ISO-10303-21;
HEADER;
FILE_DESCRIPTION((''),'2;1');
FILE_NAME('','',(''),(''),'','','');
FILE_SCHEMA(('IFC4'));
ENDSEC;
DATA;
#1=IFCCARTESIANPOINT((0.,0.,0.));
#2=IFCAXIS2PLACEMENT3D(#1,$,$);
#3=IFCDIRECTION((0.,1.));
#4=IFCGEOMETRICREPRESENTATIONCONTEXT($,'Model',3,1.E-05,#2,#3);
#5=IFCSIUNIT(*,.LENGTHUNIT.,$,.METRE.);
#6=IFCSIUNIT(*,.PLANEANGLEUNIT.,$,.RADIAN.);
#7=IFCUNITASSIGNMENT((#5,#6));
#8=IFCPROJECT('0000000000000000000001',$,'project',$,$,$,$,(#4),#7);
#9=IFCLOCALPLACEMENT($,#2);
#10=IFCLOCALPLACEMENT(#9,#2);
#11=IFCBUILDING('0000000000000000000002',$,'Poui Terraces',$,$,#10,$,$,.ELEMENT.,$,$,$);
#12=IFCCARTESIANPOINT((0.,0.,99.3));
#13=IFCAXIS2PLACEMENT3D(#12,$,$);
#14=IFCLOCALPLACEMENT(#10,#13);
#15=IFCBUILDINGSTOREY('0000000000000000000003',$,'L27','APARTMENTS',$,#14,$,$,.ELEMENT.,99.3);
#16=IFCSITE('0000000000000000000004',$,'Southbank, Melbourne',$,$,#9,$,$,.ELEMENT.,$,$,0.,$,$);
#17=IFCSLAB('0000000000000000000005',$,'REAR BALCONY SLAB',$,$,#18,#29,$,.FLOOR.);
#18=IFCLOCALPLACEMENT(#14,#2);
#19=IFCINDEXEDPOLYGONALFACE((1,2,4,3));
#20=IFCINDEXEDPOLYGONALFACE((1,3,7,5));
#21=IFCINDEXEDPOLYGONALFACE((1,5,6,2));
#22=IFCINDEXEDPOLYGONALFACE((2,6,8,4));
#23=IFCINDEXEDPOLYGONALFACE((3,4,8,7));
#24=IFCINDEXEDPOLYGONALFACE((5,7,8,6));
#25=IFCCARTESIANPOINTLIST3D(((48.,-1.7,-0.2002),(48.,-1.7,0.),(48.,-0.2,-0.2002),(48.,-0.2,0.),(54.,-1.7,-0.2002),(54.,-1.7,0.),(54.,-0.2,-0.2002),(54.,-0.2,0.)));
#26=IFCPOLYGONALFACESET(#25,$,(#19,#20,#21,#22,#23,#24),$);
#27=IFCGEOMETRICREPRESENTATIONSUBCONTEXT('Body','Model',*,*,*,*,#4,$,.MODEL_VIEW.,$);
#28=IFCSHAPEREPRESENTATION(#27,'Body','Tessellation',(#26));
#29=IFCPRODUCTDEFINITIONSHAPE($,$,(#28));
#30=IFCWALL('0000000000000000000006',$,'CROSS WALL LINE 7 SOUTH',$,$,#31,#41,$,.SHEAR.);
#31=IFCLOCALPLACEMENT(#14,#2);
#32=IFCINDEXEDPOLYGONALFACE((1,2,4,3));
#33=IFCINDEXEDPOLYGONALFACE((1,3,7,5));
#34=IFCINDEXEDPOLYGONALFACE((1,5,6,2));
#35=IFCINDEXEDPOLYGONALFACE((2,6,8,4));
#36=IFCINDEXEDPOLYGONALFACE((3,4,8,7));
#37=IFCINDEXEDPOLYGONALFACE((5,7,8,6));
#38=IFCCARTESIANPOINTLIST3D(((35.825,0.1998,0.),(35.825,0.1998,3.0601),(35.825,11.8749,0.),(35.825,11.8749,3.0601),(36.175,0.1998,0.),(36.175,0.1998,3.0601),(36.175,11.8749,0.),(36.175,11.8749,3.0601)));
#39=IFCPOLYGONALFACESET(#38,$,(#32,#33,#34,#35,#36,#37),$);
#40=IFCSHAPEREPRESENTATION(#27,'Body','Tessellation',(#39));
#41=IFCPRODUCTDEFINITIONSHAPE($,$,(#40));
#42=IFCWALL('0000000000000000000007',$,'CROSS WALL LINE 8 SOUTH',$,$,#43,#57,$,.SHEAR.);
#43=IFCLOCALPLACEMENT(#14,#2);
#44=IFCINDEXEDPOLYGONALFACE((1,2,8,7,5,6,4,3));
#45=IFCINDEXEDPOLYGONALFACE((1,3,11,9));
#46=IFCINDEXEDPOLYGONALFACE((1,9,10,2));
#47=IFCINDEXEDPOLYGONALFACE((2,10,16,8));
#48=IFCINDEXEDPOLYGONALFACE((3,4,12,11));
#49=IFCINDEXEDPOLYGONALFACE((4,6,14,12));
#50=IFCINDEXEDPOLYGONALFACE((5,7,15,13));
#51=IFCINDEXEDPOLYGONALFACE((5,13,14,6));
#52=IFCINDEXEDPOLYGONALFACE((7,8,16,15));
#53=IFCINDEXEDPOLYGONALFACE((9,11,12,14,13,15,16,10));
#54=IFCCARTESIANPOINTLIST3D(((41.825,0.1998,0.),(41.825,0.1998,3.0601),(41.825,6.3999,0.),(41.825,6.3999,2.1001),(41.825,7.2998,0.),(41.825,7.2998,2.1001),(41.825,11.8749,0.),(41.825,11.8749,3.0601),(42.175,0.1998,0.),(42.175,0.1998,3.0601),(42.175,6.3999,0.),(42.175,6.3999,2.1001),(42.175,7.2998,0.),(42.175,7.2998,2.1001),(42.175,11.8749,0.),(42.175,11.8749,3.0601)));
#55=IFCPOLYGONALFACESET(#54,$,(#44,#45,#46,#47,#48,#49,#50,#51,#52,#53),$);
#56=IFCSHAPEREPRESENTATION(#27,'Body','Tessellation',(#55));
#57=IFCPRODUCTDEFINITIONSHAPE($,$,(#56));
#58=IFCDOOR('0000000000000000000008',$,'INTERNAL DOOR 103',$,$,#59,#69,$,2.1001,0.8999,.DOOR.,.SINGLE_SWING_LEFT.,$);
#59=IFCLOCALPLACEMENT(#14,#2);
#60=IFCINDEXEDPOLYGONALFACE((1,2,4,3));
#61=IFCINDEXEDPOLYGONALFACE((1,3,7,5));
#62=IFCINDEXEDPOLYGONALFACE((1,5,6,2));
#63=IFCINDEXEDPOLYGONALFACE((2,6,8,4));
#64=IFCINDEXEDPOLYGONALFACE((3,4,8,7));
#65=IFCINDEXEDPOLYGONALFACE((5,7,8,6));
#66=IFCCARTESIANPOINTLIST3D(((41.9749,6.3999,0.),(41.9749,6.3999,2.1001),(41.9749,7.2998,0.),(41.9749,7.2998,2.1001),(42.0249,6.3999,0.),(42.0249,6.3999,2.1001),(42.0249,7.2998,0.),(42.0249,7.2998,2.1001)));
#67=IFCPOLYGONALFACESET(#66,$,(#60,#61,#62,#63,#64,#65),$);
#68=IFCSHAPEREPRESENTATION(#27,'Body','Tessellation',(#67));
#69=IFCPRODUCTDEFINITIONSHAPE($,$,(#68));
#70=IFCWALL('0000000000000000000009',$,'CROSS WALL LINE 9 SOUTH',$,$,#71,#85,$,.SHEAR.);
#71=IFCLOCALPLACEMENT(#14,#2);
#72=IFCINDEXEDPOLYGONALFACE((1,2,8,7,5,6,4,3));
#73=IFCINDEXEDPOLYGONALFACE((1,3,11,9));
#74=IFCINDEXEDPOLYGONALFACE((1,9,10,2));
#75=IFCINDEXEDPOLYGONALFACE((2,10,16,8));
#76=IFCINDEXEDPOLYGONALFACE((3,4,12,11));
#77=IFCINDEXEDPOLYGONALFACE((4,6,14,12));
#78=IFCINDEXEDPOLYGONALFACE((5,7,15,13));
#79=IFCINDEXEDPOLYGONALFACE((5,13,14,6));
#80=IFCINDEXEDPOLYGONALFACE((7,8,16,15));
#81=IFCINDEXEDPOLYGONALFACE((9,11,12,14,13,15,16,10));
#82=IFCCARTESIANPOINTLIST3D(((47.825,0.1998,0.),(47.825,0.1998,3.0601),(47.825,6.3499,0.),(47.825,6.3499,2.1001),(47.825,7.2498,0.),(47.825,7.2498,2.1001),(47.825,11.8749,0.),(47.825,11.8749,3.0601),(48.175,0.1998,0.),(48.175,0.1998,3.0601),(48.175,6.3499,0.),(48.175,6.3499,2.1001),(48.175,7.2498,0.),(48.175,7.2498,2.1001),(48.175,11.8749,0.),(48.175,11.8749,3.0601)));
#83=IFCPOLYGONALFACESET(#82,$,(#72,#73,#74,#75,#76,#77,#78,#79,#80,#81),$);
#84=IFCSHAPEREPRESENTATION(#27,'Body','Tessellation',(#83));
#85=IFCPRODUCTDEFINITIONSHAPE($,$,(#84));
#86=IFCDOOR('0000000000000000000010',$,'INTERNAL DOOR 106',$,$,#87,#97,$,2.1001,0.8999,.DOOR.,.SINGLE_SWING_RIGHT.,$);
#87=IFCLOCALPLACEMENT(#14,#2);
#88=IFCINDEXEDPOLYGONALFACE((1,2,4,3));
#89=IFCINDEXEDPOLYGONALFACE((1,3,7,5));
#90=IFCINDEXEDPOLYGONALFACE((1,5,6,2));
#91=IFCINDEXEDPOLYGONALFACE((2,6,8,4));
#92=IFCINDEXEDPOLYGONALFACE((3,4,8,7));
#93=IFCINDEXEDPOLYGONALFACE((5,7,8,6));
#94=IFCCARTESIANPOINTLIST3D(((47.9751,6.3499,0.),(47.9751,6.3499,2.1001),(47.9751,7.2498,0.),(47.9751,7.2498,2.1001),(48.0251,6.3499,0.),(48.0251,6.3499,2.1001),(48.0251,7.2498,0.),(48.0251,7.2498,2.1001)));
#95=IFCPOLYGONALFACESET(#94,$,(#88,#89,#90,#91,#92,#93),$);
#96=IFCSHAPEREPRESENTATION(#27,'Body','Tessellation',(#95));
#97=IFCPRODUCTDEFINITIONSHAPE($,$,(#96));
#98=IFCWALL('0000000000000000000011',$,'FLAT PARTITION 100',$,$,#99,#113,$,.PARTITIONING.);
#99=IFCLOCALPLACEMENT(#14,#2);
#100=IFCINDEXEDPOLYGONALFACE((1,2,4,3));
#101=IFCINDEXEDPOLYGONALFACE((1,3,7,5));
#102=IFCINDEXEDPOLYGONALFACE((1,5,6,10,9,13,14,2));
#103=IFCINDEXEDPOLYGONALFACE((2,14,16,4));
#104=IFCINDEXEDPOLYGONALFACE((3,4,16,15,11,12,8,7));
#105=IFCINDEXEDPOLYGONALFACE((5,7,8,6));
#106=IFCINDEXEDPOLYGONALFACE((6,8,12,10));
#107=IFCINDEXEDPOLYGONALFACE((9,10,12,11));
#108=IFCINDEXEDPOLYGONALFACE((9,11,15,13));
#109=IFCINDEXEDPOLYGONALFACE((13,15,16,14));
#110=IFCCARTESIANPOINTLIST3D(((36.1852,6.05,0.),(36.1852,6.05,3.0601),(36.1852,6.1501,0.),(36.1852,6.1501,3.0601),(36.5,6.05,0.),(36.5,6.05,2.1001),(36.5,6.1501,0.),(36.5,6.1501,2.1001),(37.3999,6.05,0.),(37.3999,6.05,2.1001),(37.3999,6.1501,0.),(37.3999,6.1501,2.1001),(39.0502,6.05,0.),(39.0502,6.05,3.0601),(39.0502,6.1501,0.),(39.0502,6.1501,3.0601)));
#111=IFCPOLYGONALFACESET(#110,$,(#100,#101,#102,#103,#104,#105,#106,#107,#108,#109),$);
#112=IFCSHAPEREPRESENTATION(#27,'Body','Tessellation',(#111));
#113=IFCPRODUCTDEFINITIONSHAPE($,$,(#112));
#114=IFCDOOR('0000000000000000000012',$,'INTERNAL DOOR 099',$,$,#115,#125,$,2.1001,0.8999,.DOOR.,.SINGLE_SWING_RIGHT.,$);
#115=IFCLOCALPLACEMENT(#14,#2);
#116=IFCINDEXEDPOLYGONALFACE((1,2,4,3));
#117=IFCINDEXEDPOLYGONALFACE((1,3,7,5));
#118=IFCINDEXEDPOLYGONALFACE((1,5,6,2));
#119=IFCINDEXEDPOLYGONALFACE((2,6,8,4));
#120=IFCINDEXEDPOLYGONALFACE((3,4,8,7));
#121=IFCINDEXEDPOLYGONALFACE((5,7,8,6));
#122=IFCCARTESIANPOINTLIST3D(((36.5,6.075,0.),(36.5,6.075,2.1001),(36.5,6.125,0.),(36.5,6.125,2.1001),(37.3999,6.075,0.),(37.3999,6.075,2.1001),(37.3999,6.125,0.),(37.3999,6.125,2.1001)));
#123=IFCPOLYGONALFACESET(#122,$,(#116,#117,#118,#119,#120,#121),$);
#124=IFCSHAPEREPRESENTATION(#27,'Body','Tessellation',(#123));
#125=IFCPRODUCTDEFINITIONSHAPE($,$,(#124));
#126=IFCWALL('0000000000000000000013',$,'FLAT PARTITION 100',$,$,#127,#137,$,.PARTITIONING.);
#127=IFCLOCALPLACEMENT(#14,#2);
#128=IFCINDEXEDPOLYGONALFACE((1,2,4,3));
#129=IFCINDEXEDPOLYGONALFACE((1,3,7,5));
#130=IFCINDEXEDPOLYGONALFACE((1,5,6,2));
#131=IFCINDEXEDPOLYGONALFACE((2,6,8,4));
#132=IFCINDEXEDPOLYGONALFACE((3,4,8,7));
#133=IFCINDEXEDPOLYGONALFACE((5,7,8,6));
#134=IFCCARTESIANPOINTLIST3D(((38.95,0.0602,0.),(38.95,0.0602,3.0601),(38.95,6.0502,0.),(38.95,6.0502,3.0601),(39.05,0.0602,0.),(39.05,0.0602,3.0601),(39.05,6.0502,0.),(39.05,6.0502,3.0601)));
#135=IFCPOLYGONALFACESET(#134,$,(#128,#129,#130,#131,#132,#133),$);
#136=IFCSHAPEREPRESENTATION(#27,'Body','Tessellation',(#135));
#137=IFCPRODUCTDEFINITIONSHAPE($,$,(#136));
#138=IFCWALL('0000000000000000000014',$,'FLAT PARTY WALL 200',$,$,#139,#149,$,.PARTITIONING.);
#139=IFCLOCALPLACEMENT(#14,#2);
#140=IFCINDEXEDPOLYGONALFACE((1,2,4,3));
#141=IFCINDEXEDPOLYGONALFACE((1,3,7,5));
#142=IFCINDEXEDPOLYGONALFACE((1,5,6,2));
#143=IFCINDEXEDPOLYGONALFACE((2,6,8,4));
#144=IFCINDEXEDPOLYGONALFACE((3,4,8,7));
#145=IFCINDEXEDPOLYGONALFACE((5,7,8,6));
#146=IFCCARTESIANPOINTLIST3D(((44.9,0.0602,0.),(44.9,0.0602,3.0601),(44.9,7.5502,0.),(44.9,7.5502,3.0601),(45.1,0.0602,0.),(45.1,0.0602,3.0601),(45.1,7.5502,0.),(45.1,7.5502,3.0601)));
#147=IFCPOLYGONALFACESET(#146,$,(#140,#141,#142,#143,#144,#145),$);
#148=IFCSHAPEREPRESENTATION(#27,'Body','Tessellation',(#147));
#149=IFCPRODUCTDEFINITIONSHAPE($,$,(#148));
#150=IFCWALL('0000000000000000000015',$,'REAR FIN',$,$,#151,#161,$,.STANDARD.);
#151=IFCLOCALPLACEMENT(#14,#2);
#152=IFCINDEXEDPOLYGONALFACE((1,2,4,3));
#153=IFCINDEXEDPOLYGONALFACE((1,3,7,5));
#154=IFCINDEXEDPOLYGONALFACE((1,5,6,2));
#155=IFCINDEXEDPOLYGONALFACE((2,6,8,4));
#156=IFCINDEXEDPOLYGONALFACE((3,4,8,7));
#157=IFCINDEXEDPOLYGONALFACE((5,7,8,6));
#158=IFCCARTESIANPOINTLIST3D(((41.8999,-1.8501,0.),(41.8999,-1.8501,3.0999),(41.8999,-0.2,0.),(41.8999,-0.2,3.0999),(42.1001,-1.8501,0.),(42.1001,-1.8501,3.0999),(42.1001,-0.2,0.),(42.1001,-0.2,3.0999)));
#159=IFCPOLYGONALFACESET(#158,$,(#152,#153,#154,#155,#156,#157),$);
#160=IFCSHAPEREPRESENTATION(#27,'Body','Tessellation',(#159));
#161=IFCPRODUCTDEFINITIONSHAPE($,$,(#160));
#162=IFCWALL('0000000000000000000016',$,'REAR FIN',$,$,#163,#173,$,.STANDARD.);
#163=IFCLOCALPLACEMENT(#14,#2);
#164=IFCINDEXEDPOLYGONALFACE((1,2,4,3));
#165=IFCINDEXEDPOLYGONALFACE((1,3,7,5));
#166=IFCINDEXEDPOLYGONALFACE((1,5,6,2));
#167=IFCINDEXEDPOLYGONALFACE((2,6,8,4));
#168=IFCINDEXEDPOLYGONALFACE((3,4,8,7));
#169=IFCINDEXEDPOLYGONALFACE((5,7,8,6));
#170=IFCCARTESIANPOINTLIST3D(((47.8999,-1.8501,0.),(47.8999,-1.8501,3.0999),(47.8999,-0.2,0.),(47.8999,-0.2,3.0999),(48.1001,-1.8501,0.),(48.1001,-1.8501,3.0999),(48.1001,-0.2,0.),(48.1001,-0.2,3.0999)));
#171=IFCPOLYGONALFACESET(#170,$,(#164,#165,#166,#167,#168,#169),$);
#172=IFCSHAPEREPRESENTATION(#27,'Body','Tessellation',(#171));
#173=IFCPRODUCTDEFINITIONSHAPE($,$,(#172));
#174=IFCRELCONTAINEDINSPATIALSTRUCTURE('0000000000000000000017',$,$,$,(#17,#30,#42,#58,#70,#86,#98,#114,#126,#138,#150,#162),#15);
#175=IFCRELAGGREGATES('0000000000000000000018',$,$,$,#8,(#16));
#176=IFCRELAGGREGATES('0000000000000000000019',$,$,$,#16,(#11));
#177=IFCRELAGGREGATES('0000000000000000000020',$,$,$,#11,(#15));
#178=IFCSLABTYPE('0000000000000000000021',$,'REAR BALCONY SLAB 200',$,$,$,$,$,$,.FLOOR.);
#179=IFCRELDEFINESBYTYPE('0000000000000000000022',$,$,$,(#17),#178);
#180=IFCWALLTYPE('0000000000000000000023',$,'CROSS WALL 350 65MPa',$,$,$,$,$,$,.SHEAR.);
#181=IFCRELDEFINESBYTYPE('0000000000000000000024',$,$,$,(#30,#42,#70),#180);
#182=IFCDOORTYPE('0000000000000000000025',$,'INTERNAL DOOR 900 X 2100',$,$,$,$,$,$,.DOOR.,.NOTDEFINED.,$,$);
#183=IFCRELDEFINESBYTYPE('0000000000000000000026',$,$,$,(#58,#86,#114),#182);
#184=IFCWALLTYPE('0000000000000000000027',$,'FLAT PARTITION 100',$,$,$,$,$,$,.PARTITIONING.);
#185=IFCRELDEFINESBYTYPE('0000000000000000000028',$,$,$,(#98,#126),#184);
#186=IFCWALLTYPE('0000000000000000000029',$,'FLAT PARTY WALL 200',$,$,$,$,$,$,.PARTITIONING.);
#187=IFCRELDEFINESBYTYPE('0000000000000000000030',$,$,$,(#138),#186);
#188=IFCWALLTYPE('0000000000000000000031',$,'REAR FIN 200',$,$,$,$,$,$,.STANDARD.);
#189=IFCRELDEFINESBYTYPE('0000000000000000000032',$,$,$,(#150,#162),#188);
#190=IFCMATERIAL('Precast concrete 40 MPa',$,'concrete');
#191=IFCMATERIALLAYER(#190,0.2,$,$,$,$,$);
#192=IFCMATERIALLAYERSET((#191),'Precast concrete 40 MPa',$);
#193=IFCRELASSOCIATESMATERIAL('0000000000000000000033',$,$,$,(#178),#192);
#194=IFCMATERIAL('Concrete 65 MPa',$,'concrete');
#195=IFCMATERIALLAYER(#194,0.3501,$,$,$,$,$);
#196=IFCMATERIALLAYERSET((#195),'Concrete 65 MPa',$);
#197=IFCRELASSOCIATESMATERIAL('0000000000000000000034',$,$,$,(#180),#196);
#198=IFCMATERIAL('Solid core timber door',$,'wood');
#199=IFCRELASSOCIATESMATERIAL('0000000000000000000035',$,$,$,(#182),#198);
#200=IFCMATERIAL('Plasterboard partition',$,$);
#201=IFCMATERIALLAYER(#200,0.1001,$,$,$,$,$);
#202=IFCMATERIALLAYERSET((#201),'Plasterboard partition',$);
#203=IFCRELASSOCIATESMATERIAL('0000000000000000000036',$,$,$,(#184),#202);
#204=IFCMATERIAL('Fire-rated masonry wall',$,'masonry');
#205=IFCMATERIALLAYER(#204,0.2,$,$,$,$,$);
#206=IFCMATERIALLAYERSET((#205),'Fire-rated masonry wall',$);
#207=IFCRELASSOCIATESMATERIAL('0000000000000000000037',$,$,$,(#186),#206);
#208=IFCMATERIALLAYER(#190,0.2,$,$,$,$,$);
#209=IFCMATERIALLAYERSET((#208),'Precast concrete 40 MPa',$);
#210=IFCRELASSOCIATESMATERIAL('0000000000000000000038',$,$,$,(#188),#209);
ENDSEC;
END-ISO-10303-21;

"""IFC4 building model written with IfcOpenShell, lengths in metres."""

from ifc_helpers import new_model, si_unit, direction, frame, frame_2d, origin, place, context, subcontext, project, spatial, polyline, rectangle, outline, extrude, source, transform, mapped, material, layer, layer_set, type_object, element, fill, save


model = new_model("IFC4")

# Units and contexts
model_context = context("Model", 3, precision=1e-05, world=origin(), true_north=direction((0.0, 1.0)))
body_context = subcontext(model_context, "Body", "Model", "MODEL_VIEW")
ifc_project = project(units=[si_unit("LENGTHUNIT", "METRE"), si_unit("PLANEANGLEUNIT", "RADIAN")], contexts=[model_context])

# Site, building, storey
site_placement = place(None, origin())
site = spatial("IfcSite", under=ifc_project, at=site_placement, Name="Southbank, Melbourne", CompositionType="ELEMENT", RefElevation=0.0)
building_placement = place(site_placement, origin())
building = spatial("IfcBuilding", under=site, at=building_placement, Name="Poui Terraces", CompositionType="ELEMENT")
storey_placement = place(building_placement, frame((0.0, 0.0, 99.3)))
storey = spatial("IfcBuildingStorey", under=building, at=storey_placement, Name="L27", Description="APARTMENTS", CompositionType="ELEMENT", Elevation=99.3)

# Slab
ifc_material_1 = material(Name="Precast concrete 40 MPa", Category="concrete")
ifc_layer_1 = layer(ifc_material_1, 0.2)
ifc_layer_set_1 = layer_set([ifc_layer_1], Name="Precast concrete 40 MPa")
slab_type = type_object("IfcSlabType", Name="REAR BALCONY SLAB 200", PredefinedType="FLOOR", material=ifc_layer_set_1)
shared_shape_1 = source(origin(), body_context, "Body", "SweptSolid", [
    extrude(outline(polyline([(0.0, 0.0), (6.0, 0.0), (6.0, 1.5), (0.0, 1.5), (0.0, 0.0)])), origin(), (0.0, 0.0, 1.0), 0.2002),
])
slab_placement = place(storey_placement, frame((48.0, -1.7, -0.2002)))
element("IfcSlab", 1, at=slab_placement, inside=storey, type_object=slab_type, Name="REAR BALCONY SLAB", PredefinedType="FLOOR", context=body_context, shape_type="MappedRepresentation", body=[
    mapped(shared_shape_1, transform((0.0, 0.0, 0.0))),
])

# Wall
ifc_material_2 = material(Name="Concrete 65 MPa", Category="concrete")
ifc_layer_2 = layer(ifc_material_2, 0.3501)
ifc_layer_set_2 = layer_set([ifc_layer_2], Name="Concrete 65 MPa")
wall_type_1 = type_object("IfcWallType", Name="CROSS WALL 350 65MPa", PredefinedType="SHEAR", material=ifc_layer_set_2)
wall_1_placement = place(storey_placement, frame((36.0, 0.2, 0.0), z_axis=(0.0, 0.0, 1.0), x_axis=(0.0, 1.0, 0.0)))
element("IfcWall", 2, at=wall_1_placement, inside=storey, type_object=wall_type_1, Name="CROSS WALL LINE 7 SOUTH", PredefinedType="SHEAR", context=body_context, shape_type="SweptSolid", body=[
    extrude(rectangle(XDim=11.675, YDim=0.3501, at=frame_2d((5.8374, 0.0))), origin(), (0.0, 0.0, 1.0), 3.0601),
])

# Walls, openings, doors
wall_2_placement = place(storey_placement, frame((42.0, 0.2, 0.0), z_axis=(0.0, 0.0, 1.0), x_axis=(0.0, 1.0, 0.0)))
wall_2 = element("IfcWall", 3, at=wall_2_placement, inside=storey, type_object=wall_type_1, Name="CROSS WALL LINE 8 SOUTH", PredefinedType="SHEAR", context=body_context, shape_type="SweptSolid", body=[
    extrude(rectangle(XDim=11.675, YDim=0.3501, at=frame_2d((5.8374, 0.0))), origin(), (0.0, 0.0, 1.0), 3.0601),
])
opening_1_placement = place(wall_2_placement, frame((6.2, 0.0, 0.0)))
opening_1 = element("IfcOpeningElement", 4, at=opening_1_placement, cuts=wall_2, PredefinedType="OPENING", context=body_context, shape_type="SweptSolid", body=[
    extrude(rectangle(XDim=0.8999, YDim=2.1001, at=frame_2d((0.45, 1.05))), frame((0.0, 0.1851, 0.0), z_axis=(0.0, -1.0, 0.0), x_axis=(1.0, 0.0, 0.0)), (0.0, 0.0, 1.0), 0.3701),
])
ifc_material_3 = material(Name="Solid core timber door", Category="wood")
door_type = type_object("IfcDoorType", Name="INTERNAL DOOR 900 X 2100", OperationType="NOTDEFINED", PredefinedType="DOOR", material=ifc_material_3)
door_1_placement = place(opening_1_placement, frame((0.8999, 0.0, 0.0), z_axis=(0.0, 0.0, 1.0), x_axis=(-1.0, 0.0, 0.0)))
door_1 = element("IfcDoor", 5, at=door_1_placement, inside=storey, type_object=door_type, Name="INTERNAL DOOR 103", OperationType="SINGLE_SWING_LEFT", OverallHeight=2.1001, OverallWidth=0.8999, PredefinedType="DOOR", context=body_context, shape_type="SweptSolid", body=[
    extrude(rectangle(XDim=0.8999, YDim=2.1001, at=frame_2d((0.45, 1.05))), frame((0.0, 0.0249, 0.0), z_axis=(0.0, -1.0, 0.0), x_axis=(1.0, 0.0, 0.0)), (0.0, 0.0, 1.0), 0.05),
])
fill(opening_1, door_1)
wall_3_placement = place(storey_placement, frame((48.0, 0.2, 0.0), z_axis=(0.0, 0.0, 1.0), x_axis=(0.0, 1.0, 0.0)))
wall_3 = element("IfcWall", 6, at=wall_3_placement, inside=storey, type_object=wall_type_1, Name="CROSS WALL LINE 9 SOUTH", PredefinedType="SHEAR", context=body_context, shape_type="SweptSolid", body=[
    extrude(rectangle(XDim=11.675, YDim=0.3501, at=frame_2d((5.8374, 0.0))), origin(), (0.0, 0.0, 1.0), 3.0601),
])
opening_2_placement = place(wall_3_placement, frame((6.1499, 0.0, 0.0)))
opening_2 = element("IfcOpeningElement", 7, at=opening_2_placement, cuts=wall_3, PredefinedType="OPENING", context=body_context, shape_type="SweptSolid", body=[
    extrude(rectangle(XDim=0.8999, YDim=2.1001, at=frame_2d((0.45, 1.05))), frame((0.0, 0.1851, 0.0), z_axis=(0.0, -1.0, 0.0), x_axis=(1.0, 0.0, 0.0)), (0.0, 0.0, 1.0), 0.3701),
])
door_2_placement = place(opening_2_placement, origin())
door_2 = element("IfcDoor", 8, at=door_2_placement, inside=storey, type_object=door_type, Name="INTERNAL DOOR 106", OperationType="SINGLE_SWING_RIGHT", OverallHeight=2.1001, OverallWidth=0.8999, PredefinedType="DOOR", context=body_context, shape_type="SweptSolid", body=[
    extrude(rectangle(XDim=0.8999, YDim=2.1001, at=frame_2d((0.45, 1.05))), frame((0.0, 0.0249, 0.0), z_axis=(0.0, -1.0, 0.0), x_axis=(1.0, 0.0, 0.0)), (0.0, 0.0, 1.0), 0.05),
])
fill(opening_2, door_2)
ifc_material_4 = material(Name="Plasterboard partition")
ifc_layer_3 = layer(ifc_material_4, 0.1001)
ifc_layer_set_3 = layer_set([ifc_layer_3], Name="Plasterboard partition")
wall_type_2 = type_object("IfcWallType", Name="FLAT PARTITION 100", PredefinedType="PARTITIONING", material=ifc_layer_set_3)
wall_4_placement = place(storey_placement, frame((36.1851, 6.1001, 0.0), z_axis=(0.0, 0.0, 1.0), x_axis=(1.0, 0.0, 0.0)))
wall_4 = element("IfcWall", 9, at=wall_4_placement, inside=storey, type_object=wall_type_2, Name="FLAT PARTITION 100", PredefinedType="PARTITIONING", context=body_context, shape_type="SweptSolid", body=[
    extrude(rectangle(XDim=2.865, YDim=0.1001, at=frame_2d((1.4326, 0.0))), origin(), (0.0, 0.0, 1.0), 3.0601),
])
opening_3_placement = place(wall_4_placement, frame((0.3149, 0.0, 0.0)))
opening_3 = element("IfcOpeningElement", 10, at=opening_3_placement, cuts=wall_4, PredefinedType="OPENING", context=body_context, shape_type="SweptSolid", body=[
    extrude(rectangle(XDim=0.8999, YDim=2.1001, at=frame_2d((0.45, 1.05))), frame((0.0, 0.0601, 0.0), z_axis=(0.0, -1.0, 0.0), x_axis=(1.0, 0.0, 0.0)), (0.0, 0.0, 1.0), 0.1201),
])
door_3_placement = place(opening_3_placement, origin())
door_3 = element("IfcDoor", 11, at=door_3_placement, inside=storey, type_object=door_type, Name="INTERNAL DOOR 099", OperationType="SINGLE_SWING_RIGHT", OverallHeight=2.1001, OverallWidth=0.8999, PredefinedType="DOOR", context=body_context, shape_type="SweptSolid", body=[
    extrude(rectangle(XDim=0.8999, YDim=2.1001, at=frame_2d((0.45, 1.05))), frame((0.0, 0.0249, 0.0), z_axis=(0.0, -1.0, 0.0), x_axis=(1.0, 0.0, 0.0)), (0.0, 0.0, 1.0), 0.05),
])
fill(opening_3, door_3)

# Walls
wall_5_placement = place(storey_placement, frame((39.0, 0.0601, 0.0), z_axis=(0.0, 0.0, 1.0), x_axis=(0.0, 1.0, 0.0)))
element("IfcWall", 12, at=wall_5_placement, inside=storey, type_object=wall_type_2, Name="FLAT PARTITION 100", PredefinedType="PARTITIONING", context=body_context, shape_type="SweptSolid", body=[
    extrude(rectangle(XDim=5.99, YDim=0.1001, at=frame_2d((2.9951, 0.0))), origin(), (0.0, 0.0, 1.0), 3.0601),
])
ifc_material_5 = material(Name="Fire-rated masonry wall", Category="masonry")
ifc_layer_4 = layer(ifc_material_5, 0.2)
ifc_layer_set_4 = layer_set([ifc_layer_4], Name="Fire-rated masonry wall")
wall_type_3 = type_object("IfcWallType", Name="FLAT PARTY WALL 200", PredefinedType="PARTITIONING", material=ifc_layer_set_4)
wall_6_placement = place(storey_placement, frame((45.0, 0.0601, 0.0), z_axis=(0.0, 0.0, 1.0), x_axis=(0.0, 1.0, 0.0)))
element("IfcWall", 13, at=wall_6_placement, inside=storey, type_object=wall_type_3, Name="FLAT PARTY WALL 200", PredefinedType="PARTITIONING", context=body_context, shape_type="SweptSolid", body=[
    extrude(rectangle(XDim=7.49, YDim=0.2, at=frame_2d((3.7451, 0.0))), origin(), (0.0, 0.0, 1.0), 3.0601),
])
ifc_layer_5 = layer(ifc_material_1, 0.2)
ifc_layer_set_5 = layer_set([ifc_layer_5], Name="Precast concrete 40 MPa")
wall_type_4 = type_object("IfcWallType", Name="REAR FIN 200", PredefinedType="STANDARD", material=ifc_layer_set_5)
shared_shape_2 = source(origin(), body_context, "Body", "SweptSolid", [
    extrude(outline(polyline([(0.0, 0.0), (0.2002, 0.0), (0.2002, 1.6501), (0.0, 1.6501), (0.0, 0.0)])), origin(), (0.0, 0.0, 1.0), 3.0999),
])
for number, where, name in (
    (14, (41.8999, -1.8501, 0.0), "REAR FIN"),
    (15, (47.8999, -1.8501, 0.0), "REAR FIN"),
):
    element("IfcWall", number, at=place(storey_placement, frame(where)), inside=storey, type_object=wall_type_4, Name=name, PredefinedType="STANDARD", context=body_context, shape_type="MappedRepresentation", body=[
        mapped(shared_shape_2, transform((0.0, 0.0, 0.0))),
    ])

save(model, "model.ifc")
